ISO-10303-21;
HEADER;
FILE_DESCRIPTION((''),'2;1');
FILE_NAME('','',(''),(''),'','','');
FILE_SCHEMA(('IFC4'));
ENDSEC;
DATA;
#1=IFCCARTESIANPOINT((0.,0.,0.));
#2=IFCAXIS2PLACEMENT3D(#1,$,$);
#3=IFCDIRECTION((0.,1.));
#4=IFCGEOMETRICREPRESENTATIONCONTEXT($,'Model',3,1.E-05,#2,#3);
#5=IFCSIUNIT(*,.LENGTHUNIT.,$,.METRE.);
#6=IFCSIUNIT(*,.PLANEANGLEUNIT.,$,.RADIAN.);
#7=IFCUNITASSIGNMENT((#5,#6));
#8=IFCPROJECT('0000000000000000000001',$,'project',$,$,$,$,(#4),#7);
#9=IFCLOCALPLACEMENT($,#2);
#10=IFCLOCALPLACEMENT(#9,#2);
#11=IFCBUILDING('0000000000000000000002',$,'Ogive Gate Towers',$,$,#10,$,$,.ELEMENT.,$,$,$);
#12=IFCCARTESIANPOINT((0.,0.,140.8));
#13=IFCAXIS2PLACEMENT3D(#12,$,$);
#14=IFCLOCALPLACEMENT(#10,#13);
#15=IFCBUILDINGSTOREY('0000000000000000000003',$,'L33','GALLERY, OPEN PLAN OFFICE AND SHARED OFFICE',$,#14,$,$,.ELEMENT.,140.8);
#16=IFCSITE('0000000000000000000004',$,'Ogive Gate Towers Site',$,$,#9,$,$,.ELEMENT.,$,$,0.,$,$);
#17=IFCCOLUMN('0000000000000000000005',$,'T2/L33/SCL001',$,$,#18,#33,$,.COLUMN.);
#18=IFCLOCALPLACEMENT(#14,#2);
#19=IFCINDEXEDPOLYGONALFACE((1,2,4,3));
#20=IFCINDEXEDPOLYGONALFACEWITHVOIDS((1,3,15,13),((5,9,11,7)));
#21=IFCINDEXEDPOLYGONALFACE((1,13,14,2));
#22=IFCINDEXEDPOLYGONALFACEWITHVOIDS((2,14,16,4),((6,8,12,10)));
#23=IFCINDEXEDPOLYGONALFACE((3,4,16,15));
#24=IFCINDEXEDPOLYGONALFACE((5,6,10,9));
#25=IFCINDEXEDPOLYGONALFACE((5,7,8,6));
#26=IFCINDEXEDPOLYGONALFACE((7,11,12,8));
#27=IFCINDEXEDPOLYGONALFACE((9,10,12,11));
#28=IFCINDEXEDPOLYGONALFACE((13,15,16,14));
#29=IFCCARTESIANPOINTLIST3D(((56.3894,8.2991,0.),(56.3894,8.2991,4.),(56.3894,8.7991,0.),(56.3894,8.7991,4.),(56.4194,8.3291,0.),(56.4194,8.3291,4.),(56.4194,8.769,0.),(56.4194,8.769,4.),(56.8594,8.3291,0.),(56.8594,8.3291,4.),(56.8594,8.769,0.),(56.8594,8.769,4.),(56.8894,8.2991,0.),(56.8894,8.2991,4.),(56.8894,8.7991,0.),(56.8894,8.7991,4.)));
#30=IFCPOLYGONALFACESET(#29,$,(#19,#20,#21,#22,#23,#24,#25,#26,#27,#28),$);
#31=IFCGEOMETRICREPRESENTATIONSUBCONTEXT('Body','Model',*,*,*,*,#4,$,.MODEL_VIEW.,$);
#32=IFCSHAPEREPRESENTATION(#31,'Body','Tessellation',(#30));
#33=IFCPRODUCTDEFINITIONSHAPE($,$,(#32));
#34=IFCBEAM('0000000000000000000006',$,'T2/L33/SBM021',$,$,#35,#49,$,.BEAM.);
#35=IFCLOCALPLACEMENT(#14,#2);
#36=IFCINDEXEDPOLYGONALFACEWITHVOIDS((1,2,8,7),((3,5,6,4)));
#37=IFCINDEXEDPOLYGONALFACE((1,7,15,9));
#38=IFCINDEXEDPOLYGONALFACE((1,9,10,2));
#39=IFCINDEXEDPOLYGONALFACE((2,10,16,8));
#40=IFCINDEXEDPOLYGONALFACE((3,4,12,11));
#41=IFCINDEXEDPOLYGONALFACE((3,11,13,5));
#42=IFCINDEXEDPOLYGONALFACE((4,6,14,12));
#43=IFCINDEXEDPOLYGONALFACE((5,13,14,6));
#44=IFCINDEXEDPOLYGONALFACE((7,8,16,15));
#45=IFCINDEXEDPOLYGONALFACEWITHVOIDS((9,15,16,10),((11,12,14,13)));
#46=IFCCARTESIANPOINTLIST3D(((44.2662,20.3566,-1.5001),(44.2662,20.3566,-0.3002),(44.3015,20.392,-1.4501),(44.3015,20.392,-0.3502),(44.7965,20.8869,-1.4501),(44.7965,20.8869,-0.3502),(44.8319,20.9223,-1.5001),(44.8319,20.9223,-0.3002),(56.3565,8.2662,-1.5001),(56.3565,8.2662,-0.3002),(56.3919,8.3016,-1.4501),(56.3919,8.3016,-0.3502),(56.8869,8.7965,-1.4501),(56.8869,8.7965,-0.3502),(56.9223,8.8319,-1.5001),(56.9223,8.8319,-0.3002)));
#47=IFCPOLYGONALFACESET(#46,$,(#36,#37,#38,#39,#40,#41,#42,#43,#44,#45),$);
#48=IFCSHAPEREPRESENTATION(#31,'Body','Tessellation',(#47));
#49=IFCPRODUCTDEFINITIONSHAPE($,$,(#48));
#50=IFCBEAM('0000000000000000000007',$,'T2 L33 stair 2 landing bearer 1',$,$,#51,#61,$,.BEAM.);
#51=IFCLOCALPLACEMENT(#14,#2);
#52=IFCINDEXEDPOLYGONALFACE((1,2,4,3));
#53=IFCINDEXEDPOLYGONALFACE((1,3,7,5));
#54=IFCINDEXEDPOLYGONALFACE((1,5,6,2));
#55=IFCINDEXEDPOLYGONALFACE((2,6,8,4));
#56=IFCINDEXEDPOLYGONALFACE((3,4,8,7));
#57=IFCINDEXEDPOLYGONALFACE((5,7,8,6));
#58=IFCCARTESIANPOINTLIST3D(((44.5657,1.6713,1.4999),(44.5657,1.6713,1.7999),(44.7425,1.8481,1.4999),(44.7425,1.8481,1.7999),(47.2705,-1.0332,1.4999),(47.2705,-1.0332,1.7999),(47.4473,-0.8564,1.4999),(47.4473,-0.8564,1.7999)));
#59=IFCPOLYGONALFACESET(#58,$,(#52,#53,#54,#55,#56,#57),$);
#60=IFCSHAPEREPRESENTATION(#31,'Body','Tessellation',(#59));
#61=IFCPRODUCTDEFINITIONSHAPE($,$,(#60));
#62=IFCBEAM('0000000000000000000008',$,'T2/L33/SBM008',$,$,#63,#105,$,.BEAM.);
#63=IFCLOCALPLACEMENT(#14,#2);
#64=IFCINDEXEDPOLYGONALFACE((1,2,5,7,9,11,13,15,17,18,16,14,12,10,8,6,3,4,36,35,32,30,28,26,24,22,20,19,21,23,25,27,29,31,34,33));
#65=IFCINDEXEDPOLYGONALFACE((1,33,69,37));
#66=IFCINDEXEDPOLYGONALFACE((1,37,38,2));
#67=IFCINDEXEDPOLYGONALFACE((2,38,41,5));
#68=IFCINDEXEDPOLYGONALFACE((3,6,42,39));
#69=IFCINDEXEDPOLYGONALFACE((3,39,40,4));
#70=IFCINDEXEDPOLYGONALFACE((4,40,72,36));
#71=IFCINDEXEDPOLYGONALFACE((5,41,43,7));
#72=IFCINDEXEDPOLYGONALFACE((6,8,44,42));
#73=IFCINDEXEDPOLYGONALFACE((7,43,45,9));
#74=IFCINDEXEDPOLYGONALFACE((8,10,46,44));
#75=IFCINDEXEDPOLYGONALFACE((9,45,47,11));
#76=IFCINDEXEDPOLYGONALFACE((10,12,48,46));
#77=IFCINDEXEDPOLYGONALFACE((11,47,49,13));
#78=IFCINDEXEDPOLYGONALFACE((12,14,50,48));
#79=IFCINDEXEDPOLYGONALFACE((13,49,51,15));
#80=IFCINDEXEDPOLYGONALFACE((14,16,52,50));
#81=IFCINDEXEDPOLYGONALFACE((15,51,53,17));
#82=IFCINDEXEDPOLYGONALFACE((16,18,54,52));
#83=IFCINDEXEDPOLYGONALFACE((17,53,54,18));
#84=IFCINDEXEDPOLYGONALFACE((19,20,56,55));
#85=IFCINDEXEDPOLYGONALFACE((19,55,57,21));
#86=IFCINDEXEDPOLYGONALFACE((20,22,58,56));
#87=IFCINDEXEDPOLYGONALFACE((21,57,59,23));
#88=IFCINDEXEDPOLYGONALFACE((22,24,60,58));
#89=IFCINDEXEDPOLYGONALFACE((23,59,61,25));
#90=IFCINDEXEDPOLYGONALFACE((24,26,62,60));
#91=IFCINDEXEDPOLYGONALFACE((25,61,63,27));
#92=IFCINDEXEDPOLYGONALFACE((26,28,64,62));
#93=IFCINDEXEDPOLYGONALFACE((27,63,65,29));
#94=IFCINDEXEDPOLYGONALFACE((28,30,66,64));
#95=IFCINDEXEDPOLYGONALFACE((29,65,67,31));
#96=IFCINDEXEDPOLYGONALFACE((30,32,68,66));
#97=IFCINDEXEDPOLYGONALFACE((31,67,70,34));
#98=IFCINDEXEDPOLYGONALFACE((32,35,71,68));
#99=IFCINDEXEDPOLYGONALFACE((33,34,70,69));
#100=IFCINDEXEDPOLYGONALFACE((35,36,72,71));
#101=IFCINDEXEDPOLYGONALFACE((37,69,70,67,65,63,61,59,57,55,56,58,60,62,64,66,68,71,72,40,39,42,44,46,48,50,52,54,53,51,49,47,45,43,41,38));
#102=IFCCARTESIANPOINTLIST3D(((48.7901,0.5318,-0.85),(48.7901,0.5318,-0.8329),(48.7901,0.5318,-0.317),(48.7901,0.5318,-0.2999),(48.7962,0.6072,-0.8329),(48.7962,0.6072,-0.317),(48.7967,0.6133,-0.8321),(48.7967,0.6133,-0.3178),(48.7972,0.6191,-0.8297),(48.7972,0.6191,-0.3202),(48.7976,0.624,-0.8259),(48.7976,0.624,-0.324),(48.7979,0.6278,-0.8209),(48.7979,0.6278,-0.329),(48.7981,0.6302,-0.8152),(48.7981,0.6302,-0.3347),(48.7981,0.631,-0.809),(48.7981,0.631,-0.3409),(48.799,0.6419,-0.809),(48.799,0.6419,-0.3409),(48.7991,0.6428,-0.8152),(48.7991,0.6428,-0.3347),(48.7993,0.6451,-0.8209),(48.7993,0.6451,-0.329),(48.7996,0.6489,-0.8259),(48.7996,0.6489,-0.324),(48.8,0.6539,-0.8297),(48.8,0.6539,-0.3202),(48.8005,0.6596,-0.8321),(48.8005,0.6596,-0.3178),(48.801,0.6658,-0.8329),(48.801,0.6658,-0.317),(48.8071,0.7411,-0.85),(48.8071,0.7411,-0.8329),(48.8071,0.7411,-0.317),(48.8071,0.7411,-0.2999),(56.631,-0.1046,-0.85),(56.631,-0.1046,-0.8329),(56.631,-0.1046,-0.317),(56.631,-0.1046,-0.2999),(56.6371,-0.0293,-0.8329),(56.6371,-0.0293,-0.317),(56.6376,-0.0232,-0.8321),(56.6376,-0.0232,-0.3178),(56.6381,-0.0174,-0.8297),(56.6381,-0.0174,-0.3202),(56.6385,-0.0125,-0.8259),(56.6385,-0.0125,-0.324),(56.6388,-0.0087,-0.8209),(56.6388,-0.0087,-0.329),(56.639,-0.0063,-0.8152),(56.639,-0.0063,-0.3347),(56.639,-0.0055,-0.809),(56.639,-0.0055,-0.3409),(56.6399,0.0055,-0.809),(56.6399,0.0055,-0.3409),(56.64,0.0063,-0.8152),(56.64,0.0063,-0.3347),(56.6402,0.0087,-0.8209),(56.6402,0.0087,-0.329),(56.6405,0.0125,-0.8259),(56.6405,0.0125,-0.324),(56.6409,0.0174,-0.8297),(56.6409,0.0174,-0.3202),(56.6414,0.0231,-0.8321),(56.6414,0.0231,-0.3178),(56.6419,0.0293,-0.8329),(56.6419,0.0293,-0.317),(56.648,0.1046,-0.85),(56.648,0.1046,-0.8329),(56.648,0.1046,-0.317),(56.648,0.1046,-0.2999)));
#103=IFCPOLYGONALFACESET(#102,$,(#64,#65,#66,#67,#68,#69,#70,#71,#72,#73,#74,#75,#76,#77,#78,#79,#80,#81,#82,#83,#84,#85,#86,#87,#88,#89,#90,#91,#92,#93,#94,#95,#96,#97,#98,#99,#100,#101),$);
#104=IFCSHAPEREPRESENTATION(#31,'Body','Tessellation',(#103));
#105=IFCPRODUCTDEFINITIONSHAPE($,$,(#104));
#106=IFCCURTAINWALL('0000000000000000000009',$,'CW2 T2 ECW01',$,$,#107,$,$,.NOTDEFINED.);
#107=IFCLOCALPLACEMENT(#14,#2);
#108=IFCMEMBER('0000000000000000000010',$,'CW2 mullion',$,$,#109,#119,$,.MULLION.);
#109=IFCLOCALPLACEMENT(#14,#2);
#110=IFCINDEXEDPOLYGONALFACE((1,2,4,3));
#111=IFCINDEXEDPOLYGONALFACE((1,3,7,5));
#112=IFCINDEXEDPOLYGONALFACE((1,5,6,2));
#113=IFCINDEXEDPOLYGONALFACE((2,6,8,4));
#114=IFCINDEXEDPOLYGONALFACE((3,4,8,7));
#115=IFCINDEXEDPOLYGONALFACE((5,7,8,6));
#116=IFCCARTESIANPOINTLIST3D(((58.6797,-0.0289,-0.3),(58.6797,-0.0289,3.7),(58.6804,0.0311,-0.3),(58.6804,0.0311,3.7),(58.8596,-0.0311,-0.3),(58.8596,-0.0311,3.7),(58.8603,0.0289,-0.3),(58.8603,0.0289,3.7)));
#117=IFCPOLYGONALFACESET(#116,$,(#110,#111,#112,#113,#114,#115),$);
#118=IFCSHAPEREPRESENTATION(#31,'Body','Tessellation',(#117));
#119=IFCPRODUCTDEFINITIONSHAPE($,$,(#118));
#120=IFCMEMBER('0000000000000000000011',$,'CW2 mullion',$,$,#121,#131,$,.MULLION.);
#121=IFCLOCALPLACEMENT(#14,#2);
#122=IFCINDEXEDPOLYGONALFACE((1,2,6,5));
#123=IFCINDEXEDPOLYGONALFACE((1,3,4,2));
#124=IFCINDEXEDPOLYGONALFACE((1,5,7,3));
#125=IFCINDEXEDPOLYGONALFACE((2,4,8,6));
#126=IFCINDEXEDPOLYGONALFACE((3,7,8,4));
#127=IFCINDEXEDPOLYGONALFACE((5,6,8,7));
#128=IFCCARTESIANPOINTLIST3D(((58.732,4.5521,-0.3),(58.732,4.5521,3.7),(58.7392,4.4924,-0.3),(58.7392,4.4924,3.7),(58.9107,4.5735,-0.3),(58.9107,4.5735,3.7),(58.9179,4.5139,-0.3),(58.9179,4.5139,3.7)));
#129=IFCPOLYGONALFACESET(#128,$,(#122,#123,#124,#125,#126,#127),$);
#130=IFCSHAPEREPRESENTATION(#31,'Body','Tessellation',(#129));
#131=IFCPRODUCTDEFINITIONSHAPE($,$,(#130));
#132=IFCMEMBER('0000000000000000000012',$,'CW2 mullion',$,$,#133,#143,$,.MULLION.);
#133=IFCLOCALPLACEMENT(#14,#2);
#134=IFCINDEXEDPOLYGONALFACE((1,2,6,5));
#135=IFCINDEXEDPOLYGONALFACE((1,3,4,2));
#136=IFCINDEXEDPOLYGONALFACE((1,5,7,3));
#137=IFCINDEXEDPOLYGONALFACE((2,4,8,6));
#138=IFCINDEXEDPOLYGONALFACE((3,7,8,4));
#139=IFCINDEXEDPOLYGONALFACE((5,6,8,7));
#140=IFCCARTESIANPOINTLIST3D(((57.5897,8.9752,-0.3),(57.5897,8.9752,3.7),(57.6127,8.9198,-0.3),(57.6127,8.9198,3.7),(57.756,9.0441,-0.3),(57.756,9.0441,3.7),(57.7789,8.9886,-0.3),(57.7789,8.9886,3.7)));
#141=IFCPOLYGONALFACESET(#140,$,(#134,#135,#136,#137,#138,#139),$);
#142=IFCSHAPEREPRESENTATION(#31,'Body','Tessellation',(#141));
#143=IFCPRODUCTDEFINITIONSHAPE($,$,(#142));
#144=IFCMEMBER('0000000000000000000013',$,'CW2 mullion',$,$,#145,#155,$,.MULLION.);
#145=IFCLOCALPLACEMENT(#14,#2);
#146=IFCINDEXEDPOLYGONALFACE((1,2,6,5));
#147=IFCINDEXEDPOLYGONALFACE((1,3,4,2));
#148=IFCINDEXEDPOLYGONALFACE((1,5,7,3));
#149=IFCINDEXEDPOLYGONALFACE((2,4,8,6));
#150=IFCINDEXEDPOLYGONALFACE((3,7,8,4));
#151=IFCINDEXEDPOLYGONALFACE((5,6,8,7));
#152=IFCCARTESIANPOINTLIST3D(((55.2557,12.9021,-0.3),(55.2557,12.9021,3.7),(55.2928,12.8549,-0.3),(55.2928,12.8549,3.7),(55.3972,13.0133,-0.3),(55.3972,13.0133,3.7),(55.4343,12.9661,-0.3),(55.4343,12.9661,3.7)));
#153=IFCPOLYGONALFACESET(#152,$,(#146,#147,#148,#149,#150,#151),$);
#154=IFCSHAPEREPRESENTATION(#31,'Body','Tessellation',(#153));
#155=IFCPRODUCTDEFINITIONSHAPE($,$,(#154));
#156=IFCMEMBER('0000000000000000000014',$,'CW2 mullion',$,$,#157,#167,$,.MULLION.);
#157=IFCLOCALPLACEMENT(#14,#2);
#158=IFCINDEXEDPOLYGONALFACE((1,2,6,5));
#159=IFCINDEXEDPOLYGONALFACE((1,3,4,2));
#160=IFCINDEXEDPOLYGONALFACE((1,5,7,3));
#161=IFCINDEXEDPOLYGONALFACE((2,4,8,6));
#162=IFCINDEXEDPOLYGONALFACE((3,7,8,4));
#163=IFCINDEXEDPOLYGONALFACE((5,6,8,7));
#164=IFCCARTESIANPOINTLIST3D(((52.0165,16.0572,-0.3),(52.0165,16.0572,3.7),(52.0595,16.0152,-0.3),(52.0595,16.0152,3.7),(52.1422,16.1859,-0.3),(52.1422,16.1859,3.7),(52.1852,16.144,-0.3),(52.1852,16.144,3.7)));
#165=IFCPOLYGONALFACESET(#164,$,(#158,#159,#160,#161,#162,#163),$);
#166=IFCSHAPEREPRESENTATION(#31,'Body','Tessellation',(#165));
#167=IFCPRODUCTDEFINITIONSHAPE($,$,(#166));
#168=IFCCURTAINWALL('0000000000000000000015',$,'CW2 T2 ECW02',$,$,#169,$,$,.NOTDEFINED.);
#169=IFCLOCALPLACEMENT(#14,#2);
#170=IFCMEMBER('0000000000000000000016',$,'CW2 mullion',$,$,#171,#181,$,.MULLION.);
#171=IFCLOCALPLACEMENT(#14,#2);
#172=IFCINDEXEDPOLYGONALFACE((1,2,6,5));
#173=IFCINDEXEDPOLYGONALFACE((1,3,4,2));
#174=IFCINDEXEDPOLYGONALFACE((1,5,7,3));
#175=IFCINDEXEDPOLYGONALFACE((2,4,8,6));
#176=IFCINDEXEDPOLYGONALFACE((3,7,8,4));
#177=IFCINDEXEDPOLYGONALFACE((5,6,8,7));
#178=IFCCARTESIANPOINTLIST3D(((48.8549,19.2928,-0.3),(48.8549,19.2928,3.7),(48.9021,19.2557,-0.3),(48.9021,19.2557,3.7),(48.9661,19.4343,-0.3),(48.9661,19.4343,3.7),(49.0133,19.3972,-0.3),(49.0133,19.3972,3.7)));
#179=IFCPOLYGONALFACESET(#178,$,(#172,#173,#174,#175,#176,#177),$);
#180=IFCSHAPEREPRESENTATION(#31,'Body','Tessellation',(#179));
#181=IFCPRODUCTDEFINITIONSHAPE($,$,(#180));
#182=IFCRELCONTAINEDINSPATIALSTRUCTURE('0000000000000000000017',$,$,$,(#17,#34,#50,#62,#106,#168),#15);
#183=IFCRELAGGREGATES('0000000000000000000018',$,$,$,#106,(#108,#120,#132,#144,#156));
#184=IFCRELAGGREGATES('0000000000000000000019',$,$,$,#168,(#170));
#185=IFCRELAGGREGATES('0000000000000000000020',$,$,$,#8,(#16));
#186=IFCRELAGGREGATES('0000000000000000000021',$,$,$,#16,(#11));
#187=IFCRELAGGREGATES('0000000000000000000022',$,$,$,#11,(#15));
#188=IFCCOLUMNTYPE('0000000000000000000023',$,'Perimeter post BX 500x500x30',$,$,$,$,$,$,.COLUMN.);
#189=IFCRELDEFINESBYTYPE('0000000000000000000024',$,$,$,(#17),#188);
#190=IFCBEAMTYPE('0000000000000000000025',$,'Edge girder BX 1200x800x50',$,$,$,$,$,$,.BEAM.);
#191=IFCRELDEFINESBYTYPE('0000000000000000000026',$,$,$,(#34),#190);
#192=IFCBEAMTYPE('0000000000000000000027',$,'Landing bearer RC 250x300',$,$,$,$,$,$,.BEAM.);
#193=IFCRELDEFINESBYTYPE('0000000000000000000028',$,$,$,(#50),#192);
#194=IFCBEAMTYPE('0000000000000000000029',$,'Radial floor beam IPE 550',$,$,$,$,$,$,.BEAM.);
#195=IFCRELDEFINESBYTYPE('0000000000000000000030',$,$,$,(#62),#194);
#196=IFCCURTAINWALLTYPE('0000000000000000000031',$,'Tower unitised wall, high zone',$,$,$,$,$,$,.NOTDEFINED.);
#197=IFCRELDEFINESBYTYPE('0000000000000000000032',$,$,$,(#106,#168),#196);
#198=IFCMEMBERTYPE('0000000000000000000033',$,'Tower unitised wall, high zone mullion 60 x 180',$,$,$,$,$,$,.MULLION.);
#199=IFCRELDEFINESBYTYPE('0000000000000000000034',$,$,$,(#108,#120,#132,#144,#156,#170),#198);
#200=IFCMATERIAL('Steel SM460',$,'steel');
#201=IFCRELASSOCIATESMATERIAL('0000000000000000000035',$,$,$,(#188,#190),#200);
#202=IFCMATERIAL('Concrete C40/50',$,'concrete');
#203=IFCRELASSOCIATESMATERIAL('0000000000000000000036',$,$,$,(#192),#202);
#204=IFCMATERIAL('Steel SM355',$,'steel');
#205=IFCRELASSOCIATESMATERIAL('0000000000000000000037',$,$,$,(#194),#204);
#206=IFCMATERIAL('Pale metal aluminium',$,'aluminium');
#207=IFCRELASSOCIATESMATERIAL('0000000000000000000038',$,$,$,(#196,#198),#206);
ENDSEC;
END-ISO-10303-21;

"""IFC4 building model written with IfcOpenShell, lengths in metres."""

from ifc_helpers import new_model, si_unit, direction, frame, origin, origin_2d, place, context, subcontext, project, spatial, rectangle, hollow_rectangle, i_section, extrude, material, material_profile, profile_set, type_object, element, aggregate, save


model = new_model("IFC4")

# Units and contexts
model_context = context("Model", 3, precision=1e-05, world=origin(), true_north=direction((0.0, 1.0)))
body_context = subcontext(model_context, "Body", "Model", "MODEL_VIEW")
ifc_project = project(units=[si_unit("LENGTHUNIT", "METRE"), si_unit("PLANEANGLEUNIT", "RADIAN")], contexts=[model_context])

# Site, building, storey
site_placement = place(None, origin())
site = spatial("IfcSite", under=ifc_project, at=site_placement, Name="Ogive Gate Towers Site", CompositionType="ELEMENT", RefElevation=0.0)
building_placement = place(site_placement, origin())
building = spatial("IfcBuilding", under=site, at=building_placement, Name="Ogive Gate Towers", CompositionType="ELEMENT")
storey_placement = place(building_placement, frame((0.0, 0.0, 140.8)))
storey = spatial("IfcBuildingStorey", under=building, at=storey_placement, Name="L33", Description="GALLERY, OPEN PLAN OFFICE AND SHARED OFFICE", CompositionType="ELEMENT", Elevation=140.8)

# Column
ifc_material_1 = material(Name="Steel SM460", Category="steel")
ifc_material_profile_1 = material_profile(ifc_material_1, hollow_rectangle(XDim=0.5, YDim=0.5, WallThickness=0.03, at=origin_2d()), Name="BX 500x500x30")
ifc_profile_set_1 = profile_set([ifc_material_profile_1], Name="Steel SM460")
column_type = type_object("IfcColumnType", Name="Perimeter post BX 500x500x30", PredefinedType="COLUMN", material=ifc_profile_set_1)
column_placement = place(storey_placement, frame((56.6394, 8.5491, 0.0), z_axis=(0.0, 0.0, 1.0), x_axis=(1.0, 0.0, 0.0)))
element("IfcColumn", 1, at=column_placement, inside=storey, type_object=column_type, Name="T2/L33/SCL001", PredefinedType="COLUMN", context=body_context, shape_type="SweptSolid", body=[
    extrude(hollow_rectangle(XDim=0.5, YDim=0.5, WallThickness=0.03, at=origin_2d()), origin(), (0.0, 0.0, 1.0), 4.0),
])

# Beams
ifc_material_profile_2 = material_profile(ifc_material_1, hollow_rectangle(XDim=0.8, YDim=1.2, WallThickness=0.05, at=origin_2d()), Name="BX 1200x800x50")
ifc_profile_set_2 = profile_set([ifc_material_profile_2], Name="Steel SM460")
beam_type_1 = type_object("IfcBeamType", Name="Edge girder BX 1200x800x50", PredefinedType="BEAM", material=ifc_profile_set_2)
beam_1_placement = place(storey_placement, frame((56.6394, 8.5491, -0.9001), z_axis=(-0.707107, 0.707107, 0.0), x_axis=(-0.707107, -0.707107, 0.0)))
element("IfcBeam", 2, at=beam_1_placement, inside=storey, type_object=beam_type_1, Name="T2/L33/SBM021", PredefinedType="BEAM", context=body_context, shape_type="SweptSolid", body=[
    extrude(hollow_rectangle(XDim=0.8, YDim=1.2, WallThickness=0.05, at=origin_2d()), origin(), (0.0, 0.0, 1.0), 17.0984),
])
ifc_material_2 = material(Name="Concrete C40/50", Category="concrete")
ifc_material_profile_3 = material_profile(ifc_material_2, rectangle(XDim=0.25, YDim=0.3, at=origin_2d()), Name="RC 250x300")
ifc_profile_set_3 = profile_set([ifc_material_profile_3], Name="Concrete C40/50")
beam_type_2 = type_object("IfcBeamType", Name="Landing bearer RC 250x300", PredefinedType="BEAM", material=ifc_profile_set_3)
beam_2_placement = place(storey_placement, frame((47.3589, -0.9448, 1.6499), z_axis=(-0.707139, 0.707075, 0.0), x_axis=(-0.707075, -0.707139, 0.0)))
element("IfcBeam", 3, at=beam_2_placement, inside=storey, type_object=beam_type_2, Name="T2 L33 stair 2 landing bearer 1", PredefinedType="BEAM", context=body_context, shape_type="SweptSolid", body=[
    extrude(rectangle(XDim=0.25, YDim=0.3, at=origin_2d()), origin(), (0.0, 0.0, 1.0), 3.825),
])
ifc_material_3 = material(Name="Steel SM355", Category="steel")
ifc_material_profile_4 = material_profile(ifc_material_3, i_section(OverallWidth=0.21, OverallDepth=0.55, WebThickness=0.011, FlangeThickness=0.0171, FilletRadius=0.0239, at=origin_2d()), Name="IPE 550")
ifc_profile_set_4 = profile_set([ifc_material_profile_4], Name="Steel SM355")
beam_type_3 = type_object("IfcBeamType", Name="Radial floor beam IPE 550", PredefinedType="BEAM", material=ifc_profile_set_4)
beam_3_placement = place(storey_placement, frame((48.7986, 0.6365, -0.575), z_axis=(0.996722, -0.080908, 0.0), x_axis=(0.080908, 0.996722, 0.0)))
element("IfcBeam", 4, at=beam_3_placement, inside=storey, type_object=beam_type_3, Name="T2/L33/SBM008", PredefinedType="BEAM", context=body_context, shape_type="SweptSolid", body=[
    extrude(i_section(OverallWidth=0.21, OverallDepth=0.55, WebThickness=0.011, FlangeThickness=0.0171, FilletRadius=0.0239, at=origin_2d()), origin(), (0.0, 0.0, 1.0), 7.8667),
])

# Curtain wall, members
ifc_material_4 = material(Name="Pale metal aluminium", Category="aluminium")
curtain_wall_type = type_object("IfcCurtainWallType", Name="Tower unitised wall, high zone", PredefinedType="NOTDEFINED", material=ifc_material_4)
curtain_wall_1_placement = place(storey_placement, origin())
curtain_wall_1 = element("IfcCurtainWall", 5, at=curtain_wall_1_placement, inside=storey, type_object=curtain_wall_type, Name="CW2 T2 ECW01", PredefinedType="NOTDEFINED")
ifc_material_profile_5 = material_profile(ifc_material_4, rectangle(XDim=0.1799, YDim=0.0601, at=origin_2d()), Name="60 x 180 aluminium box")
ifc_profile_set_5 = profile_set([ifc_material_profile_5], Name="Pale metal aluminium")
member_type_1 = type_object("IfcMemberType", Name="Tower unitised wall, high zone mullion 60 x 180", PredefinedType="MULLION", material=ifc_profile_set_5)
member_1_placement = place(storey_placement, frame((58.77, 0.0, -0.3), z_axis=(0.0, 0.0, 1.0), x_axis=(0.999927, -0.012077, 0.0)))
member_1 = element("IfcMember", 6, at=member_1_placement, type_object=member_type_1, Name="CW2 mullion", PredefinedType="MULLION", context=body_context, shape_type="SweptSolid", body=[
    extrude(rectangle(XDim=0.1799, YDim=0.0601, at=origin_2d()), origin(), (0.0, 0.0, 1.0), 4.0),
])
member_2_placement = place(storey_placement, frame((58.825, 4.533, -0.3), z_axis=(0.0, 0.0, 1.0), x_axis=(0.992876, 0.119149, 0.0)))
member_2 = element("IfcMember", 7, at=member_2_placement, type_object=member_type_1, Name="CW2 mullion", PredefinedType="MULLION", context=body_context, shape_type="SweptSolid", body=[
    extrude(rectangle(XDim=0.1799, YDim=0.0601, at=origin_2d()), origin(), (0.0, 0.0, 1.0), 4.0),
])
member_3_placement = place(storey_placement, frame((57.6843, 8.9819, -0.3), z_axis=(0.0, 0.0, 1.0), x_axis=(0.92388, 0.382683, 0.0)))
member_3 = element("IfcMember", 8, at=member_3_placement, type_object=member_type_1, Name="CW2 mullion", PredefinedType="MULLION", context=body_context, shape_type="SweptSolid", body=[
    extrude(rectangle(XDim=0.1799, YDim=0.0601, at=origin_2d()), origin(), (0.0, 0.0, 1.0), 4.0),
])
member_4_placement = place(storey_placement, frame((55.345, 12.9341, -0.3), z_axis=(0.0, 0.0, 1.0), x_axis=(0.786321, 0.617818, 0.0)))
member_4 = element("IfcMember", 9, at=member_4_placement, type_object=member_type_1, Name="CW2 mullion", PredefinedType="MULLION", context=body_context, shape_type="SweptSolid", body=[
    extrude(rectangle(XDim=0.1799, YDim=0.0601, at=origin_2d()), origin(), (0.0, 0.0, 1.0), 4.0),
])
member_5_placement = place(storey_placement, frame((52.1008, 16.1006, -0.3), z_axis=(0.0, 0.0, 1.0), x_axis=(0.698515, 0.715595, 0.0)))
member_5 = element("IfcMember", 10, at=member_5_placement, type_object=member_type_1, Name="CW2 mullion", PredefinedType="MULLION", context=body_context, shape_type="SweptSolid", body=[
    extrude(rectangle(XDim=0.1799, YDim=0.0601, at=origin_2d()), origin(), (0.0, 0.0, 1.0), 4.0),
])

# Curtain wall, member
curtain_wall_2_placement = place(storey_placement, origin())
curtain_wall_2 = element("IfcCurtainWall", 11, at=curtain_wall_2_placement, inside=storey, type_object=curtain_wall_type, Name="CW2 T2 ECW02", PredefinedType="NOTDEFINED")
member_6_placement = place(storey_placement, frame((48.9341, 19.345, -0.3), z_axis=(0.0, 0.0, 1.0), x_axis=(0.617818, 0.786321, 0.0)))
member_6 = element("IfcMember", 12, at=member_6_placement, type_object=member_type_1, Name="CW2 mullion", PredefinedType="MULLION", context=body_context, shape_type="SweptSolid", body=[
    extrude(rectangle(XDim=0.1799, YDim=0.0601, at=origin_2d()), origin(), (0.0, 0.0, 1.0), 4.0),
])

aggregate(curtain_wall_1, [member_1, member_2, member_3, member_4, member_5])
aggregate(curtain_wall_2, [member_6])

save(model, "model.ifc")
